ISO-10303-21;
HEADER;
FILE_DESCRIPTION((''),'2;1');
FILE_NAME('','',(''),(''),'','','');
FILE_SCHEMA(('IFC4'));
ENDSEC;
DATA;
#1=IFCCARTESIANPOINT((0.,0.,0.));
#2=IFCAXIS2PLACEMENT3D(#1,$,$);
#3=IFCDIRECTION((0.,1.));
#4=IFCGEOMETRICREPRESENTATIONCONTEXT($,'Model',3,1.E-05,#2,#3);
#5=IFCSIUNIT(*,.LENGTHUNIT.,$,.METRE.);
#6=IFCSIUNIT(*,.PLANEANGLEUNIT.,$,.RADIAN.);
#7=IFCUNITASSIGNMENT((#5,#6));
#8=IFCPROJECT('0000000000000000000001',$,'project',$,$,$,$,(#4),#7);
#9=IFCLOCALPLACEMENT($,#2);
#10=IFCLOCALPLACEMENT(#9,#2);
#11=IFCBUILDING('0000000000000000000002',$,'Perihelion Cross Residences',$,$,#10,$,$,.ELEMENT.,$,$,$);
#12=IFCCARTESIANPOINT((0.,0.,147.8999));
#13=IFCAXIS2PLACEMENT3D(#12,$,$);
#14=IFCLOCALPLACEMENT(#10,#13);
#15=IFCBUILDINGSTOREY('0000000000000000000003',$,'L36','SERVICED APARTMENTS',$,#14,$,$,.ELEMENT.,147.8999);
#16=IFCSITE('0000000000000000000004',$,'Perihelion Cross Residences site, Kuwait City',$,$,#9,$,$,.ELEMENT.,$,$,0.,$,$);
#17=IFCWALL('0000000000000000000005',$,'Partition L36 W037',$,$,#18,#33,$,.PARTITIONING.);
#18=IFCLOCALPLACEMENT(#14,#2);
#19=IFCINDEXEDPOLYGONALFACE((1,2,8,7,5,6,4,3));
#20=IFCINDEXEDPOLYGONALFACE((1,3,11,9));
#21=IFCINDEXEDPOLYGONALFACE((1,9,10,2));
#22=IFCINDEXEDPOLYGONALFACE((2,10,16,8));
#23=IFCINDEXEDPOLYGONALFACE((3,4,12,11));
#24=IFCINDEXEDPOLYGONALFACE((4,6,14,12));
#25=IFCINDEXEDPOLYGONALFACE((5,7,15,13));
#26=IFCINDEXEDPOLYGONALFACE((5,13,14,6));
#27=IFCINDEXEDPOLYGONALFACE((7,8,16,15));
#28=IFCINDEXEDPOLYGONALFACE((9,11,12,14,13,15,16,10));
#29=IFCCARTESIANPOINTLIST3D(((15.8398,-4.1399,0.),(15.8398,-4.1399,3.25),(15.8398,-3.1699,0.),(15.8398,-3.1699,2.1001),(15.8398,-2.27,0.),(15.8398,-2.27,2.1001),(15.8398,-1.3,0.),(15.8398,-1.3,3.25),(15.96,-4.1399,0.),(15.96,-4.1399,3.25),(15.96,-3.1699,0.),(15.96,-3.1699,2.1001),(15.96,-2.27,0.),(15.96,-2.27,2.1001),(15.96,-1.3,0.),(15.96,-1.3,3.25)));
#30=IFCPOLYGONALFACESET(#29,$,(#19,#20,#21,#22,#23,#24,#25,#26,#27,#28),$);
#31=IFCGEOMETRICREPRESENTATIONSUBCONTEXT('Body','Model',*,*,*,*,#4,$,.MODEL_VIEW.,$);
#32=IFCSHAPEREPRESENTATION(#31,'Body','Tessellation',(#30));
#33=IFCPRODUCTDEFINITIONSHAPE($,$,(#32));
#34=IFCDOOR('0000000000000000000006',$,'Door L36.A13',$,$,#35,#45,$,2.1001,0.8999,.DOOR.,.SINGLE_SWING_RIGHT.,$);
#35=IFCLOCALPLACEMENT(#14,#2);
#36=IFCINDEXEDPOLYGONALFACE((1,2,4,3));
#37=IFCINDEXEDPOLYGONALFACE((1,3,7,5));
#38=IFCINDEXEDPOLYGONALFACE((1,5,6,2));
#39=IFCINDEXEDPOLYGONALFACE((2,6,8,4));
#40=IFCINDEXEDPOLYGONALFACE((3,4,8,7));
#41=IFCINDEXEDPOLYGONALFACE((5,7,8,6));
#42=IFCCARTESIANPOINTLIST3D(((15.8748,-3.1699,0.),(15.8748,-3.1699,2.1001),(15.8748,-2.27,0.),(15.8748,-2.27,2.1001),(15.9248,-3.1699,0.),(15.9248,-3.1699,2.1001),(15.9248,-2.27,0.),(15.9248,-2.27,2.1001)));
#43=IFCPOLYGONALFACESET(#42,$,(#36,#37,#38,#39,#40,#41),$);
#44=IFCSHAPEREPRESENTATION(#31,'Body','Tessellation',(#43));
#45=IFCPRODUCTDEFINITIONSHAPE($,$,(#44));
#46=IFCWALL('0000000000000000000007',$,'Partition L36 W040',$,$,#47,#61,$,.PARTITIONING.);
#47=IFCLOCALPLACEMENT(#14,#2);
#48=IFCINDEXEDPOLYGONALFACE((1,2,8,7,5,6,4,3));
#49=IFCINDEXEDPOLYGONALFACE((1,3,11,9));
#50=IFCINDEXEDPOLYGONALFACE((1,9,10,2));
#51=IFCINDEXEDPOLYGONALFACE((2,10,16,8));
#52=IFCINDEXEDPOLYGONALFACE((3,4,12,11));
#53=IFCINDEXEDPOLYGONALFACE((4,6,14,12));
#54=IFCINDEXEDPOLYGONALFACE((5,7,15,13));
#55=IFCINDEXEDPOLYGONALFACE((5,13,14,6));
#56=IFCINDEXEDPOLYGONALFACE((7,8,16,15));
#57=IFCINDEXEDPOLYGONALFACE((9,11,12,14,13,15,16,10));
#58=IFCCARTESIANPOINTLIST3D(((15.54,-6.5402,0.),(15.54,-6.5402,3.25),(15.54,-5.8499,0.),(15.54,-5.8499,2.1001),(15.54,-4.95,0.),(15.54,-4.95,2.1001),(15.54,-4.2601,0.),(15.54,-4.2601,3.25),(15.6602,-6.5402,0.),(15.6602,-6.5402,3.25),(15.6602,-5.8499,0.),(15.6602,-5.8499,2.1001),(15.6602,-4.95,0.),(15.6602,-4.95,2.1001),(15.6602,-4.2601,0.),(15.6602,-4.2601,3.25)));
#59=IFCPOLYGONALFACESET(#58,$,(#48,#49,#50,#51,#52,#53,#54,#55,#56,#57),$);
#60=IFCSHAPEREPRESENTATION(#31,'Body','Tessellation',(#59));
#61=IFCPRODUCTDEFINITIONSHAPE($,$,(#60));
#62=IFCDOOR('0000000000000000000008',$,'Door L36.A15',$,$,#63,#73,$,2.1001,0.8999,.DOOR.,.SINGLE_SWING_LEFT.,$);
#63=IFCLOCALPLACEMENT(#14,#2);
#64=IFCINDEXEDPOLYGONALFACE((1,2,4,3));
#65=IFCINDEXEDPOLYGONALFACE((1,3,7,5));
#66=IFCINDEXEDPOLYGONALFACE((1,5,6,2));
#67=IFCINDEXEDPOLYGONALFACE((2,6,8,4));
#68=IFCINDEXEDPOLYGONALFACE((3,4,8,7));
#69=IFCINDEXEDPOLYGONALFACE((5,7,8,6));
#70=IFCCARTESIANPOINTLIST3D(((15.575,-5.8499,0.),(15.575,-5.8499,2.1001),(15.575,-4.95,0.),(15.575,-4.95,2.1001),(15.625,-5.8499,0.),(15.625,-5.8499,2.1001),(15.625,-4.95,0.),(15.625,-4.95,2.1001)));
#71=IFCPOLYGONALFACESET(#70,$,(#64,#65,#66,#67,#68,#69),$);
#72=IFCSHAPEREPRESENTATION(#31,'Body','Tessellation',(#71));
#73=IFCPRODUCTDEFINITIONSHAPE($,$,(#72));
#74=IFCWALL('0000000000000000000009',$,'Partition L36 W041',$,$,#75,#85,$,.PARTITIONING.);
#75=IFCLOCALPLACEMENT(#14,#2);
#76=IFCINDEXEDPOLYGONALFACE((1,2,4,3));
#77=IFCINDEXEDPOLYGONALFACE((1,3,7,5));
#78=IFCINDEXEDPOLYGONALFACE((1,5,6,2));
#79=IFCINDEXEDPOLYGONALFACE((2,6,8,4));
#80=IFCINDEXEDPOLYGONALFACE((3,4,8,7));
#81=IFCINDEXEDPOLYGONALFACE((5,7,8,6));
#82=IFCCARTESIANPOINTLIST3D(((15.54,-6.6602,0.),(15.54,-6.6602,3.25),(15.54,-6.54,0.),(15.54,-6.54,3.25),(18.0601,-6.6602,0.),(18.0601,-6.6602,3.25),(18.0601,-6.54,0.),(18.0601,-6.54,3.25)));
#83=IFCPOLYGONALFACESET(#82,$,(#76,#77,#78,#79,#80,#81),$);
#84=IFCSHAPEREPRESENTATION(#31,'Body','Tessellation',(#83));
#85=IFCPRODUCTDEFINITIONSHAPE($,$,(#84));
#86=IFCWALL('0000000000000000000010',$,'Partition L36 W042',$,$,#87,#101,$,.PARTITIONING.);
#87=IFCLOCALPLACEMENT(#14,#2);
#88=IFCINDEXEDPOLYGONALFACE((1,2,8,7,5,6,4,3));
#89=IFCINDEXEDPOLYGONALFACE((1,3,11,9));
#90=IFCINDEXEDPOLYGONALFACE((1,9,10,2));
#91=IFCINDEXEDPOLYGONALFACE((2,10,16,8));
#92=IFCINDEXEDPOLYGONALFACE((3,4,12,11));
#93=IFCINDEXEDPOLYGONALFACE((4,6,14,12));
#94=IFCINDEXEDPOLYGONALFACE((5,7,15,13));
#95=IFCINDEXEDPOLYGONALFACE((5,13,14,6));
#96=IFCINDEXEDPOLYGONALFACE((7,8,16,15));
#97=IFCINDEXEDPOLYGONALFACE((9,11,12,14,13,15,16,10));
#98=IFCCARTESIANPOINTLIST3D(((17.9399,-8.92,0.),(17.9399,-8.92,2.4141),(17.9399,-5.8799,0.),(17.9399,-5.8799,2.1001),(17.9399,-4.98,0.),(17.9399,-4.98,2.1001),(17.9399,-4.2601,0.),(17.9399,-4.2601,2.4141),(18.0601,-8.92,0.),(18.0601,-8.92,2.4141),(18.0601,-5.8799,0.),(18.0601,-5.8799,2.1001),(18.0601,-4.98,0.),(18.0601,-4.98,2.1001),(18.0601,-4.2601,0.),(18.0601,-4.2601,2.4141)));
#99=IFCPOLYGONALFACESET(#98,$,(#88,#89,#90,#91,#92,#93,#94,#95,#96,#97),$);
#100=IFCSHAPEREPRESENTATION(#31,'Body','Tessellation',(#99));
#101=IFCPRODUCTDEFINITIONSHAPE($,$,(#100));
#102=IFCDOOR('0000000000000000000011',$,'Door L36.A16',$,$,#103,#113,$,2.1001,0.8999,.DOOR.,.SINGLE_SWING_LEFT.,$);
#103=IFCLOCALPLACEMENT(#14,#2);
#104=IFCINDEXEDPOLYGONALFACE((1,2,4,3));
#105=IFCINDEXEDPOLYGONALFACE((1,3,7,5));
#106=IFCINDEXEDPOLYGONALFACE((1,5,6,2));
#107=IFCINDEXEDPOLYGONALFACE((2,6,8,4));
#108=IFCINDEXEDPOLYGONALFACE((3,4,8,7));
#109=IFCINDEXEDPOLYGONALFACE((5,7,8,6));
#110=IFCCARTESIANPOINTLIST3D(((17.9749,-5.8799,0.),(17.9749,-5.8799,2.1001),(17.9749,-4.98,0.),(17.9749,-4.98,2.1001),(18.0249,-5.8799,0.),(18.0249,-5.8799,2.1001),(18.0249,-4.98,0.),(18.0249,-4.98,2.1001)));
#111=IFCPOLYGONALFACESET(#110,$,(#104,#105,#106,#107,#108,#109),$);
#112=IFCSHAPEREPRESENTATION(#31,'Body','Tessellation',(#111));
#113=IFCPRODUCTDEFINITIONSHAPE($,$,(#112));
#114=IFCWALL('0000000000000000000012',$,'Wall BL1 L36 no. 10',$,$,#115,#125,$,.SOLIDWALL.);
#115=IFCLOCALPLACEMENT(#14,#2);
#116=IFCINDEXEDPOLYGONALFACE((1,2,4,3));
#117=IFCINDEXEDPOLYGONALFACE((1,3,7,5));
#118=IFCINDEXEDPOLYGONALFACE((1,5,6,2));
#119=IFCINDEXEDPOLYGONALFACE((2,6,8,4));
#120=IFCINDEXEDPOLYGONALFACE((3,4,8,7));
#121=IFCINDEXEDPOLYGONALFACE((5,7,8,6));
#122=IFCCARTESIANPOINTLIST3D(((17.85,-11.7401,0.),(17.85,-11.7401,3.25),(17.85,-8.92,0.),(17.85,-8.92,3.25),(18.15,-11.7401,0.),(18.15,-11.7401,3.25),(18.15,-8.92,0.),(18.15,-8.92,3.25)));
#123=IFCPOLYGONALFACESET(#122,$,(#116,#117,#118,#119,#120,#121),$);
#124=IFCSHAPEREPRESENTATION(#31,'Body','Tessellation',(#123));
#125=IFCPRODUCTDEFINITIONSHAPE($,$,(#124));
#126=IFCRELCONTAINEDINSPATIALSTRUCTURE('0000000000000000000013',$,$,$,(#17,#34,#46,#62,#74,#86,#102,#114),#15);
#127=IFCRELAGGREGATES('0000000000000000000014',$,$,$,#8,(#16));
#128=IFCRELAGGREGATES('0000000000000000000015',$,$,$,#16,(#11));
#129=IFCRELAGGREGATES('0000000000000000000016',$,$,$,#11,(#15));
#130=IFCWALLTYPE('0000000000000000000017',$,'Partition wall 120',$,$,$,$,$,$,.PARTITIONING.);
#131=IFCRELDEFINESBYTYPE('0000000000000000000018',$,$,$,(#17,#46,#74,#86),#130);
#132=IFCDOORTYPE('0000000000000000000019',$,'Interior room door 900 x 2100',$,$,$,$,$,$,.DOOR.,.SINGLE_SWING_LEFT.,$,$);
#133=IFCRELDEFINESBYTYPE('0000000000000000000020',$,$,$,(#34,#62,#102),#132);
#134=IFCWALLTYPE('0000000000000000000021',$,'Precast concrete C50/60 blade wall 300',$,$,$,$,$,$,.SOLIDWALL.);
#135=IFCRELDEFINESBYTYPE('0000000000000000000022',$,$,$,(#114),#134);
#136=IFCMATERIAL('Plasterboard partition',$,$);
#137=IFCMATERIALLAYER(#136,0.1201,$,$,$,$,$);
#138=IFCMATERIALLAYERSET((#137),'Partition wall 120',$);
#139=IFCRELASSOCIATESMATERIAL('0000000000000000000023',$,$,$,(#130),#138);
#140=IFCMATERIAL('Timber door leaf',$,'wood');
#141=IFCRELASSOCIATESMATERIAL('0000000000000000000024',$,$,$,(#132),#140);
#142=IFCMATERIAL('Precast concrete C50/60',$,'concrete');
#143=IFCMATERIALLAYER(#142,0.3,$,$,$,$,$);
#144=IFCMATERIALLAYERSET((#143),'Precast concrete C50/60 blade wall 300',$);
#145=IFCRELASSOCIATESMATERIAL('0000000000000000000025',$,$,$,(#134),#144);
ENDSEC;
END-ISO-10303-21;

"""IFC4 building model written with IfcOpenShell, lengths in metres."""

from ifc_helpers import new_model, si_unit, direction, frame, frame_2d, origin, place, context, subcontext, project, spatial, rectangle, extrude, material, layer, layer_set, type_object, element, fill, save


model = new_model("IFC4")

# Units and contexts
model_context = context("Model", 3, precision=1e-05, world=origin(), true_north=direction((0.0, 1.0)))
body_context = subcontext(model_context, "Body", "Model", "MODEL_VIEW")
ifc_project = project(units=[si_unit("LENGTHUNIT", "METRE"), si_unit("PLANEANGLEUNIT", "RADIAN")], contexts=[model_context])

# Site, building, storey
site_placement = place(None, origin())
site = spatial("IfcSite", under=ifc_project, at=site_placement, Name="Perihelion Cross Residences site, Kuwait City", CompositionType="ELEMENT", RefElevation=0.0)
building_placement = place(site_placement, origin())
building = spatial("IfcBuilding", under=site, at=building_placement, Name="Perihelion Cross Residences", CompositionType="ELEMENT")
storey_placement = place(building_placement, frame((0.0, 0.0, 147.8999)))
storey = spatial("IfcBuildingStorey", under=building, at=storey_placement, Name="L36", Description="SERVICED APARTMENTS", CompositionType="ELEMENT", Elevation=147.8999)

# Shared definitions
ifc_material_1 = material(Name="Plasterboard partition")
ifc_layer_1 = layer(ifc_material_1, 0.1201)
ifc_layer_set_1 = layer_set([ifc_layer_1], Name="Partition wall 120")
wall_type_1 = type_object("IfcWallType", Name="Partition wall 120", PredefinedType="PARTITIONING", material=ifc_layer_set_1)

# Shared definitions
ifc_material_2 = material(Name="Timber door leaf", Category="wood")
door_type_1 = type_object("IfcDoorType", Name="Interior room door 900 x 2100", OperationType="SINGLE_SWING_LEFT", PredefinedType="DOOR", material=ifc_material_2)

# Walls, openings, doors
wall_1_placement = place(storey_placement, frame((15.8999, -1.3, 0.0), z_axis=(0.0, 0.0, 1.0), x_axis=(0.0, -1.0, 0.0)))
wall_1 = element("IfcWall", 1, at=wall_1_placement, inside=storey, type_object=wall_type_1, Name="Partition L36 W037", PredefinedType="PARTITIONING", context=body_context, shape_type="SweptSolid", body=[
    extrude(rectangle(XDim=2.8398, YDim=0.1201, at=frame_2d((1.4199, 0.0))), origin(), (0.0, 0.0, 1.0), 3.25),
])
opening_1_placement = place(wall_1_placement, frame((0.97, 0.0, 0.0)))
opening_1 = element("IfcOpeningElement", 2, at=opening_1_placement, cuts=wall_1, PredefinedType="OPENING", context=body_context, shape_type="SweptSolid", body=[
    extrude(rectangle(XDim=0.8999, YDim=2.1001, at=frame_2d((0.45, 1.05))), frame((0.0, 0.0701, 0.0), z_axis=(0.0, -1.0, 0.0), x_axis=(1.0, 0.0, 0.0)), (0.0, 0.0, 1.0), 0.1401),
])
door_1_placement = place(opening_1_placement, origin())
door_1 = element("IfcDoor", 3, at=door_1_placement, inside=storey, type_object=door_type_1, Name="Door L36.A13", OperationType="SINGLE_SWING_RIGHT", OverallHeight=2.1001, OverallWidth=0.8999, PredefinedType="DOOR", context=body_context, shape_type="SweptSolid", body=[
    extrude(rectangle(XDim=0.8999, YDim=2.1001, at=frame_2d((0.45, 1.05))), frame((0.0, 0.0249, 0.0), z_axis=(0.0, -1.0, 0.0), x_axis=(1.0, 0.0, 0.0)), (0.0, 0.0, 1.0), 0.05),
])
fill(opening_1, door_1)
wall_2_placement = place(storey_placement, frame((15.6001, -4.26, 0.0), z_axis=(0.0, 0.0, 1.0), x_axis=(0.0, -1.0, 0.0)))
wall_2 = element("IfcWall", 4, at=wall_2_placement, inside=storey, type_object=wall_type_1, Name="Partition L36 W040", PredefinedType="PARTITIONING", context=body_context, shape_type="SweptSolid", body=[
    extrude(rectangle(XDim=2.28, YDim=0.1201, at=frame_2d((1.1401, 0.0))), origin(), (0.0, 0.0, 1.0), 3.25),
])
opening_2_placement = place(wall_2_placement, frame((0.6899, 0.0, 0.0)))
opening_2 = element("IfcOpeningElement", 5, at=opening_2_placement, cuts=wall_2, PredefinedType="OPENING", context=body_context, shape_type="SweptSolid", body=[
    extrude(rectangle(XDim=0.8999, YDim=2.1001, at=frame_2d((0.45, 1.05))), frame((0.0, 0.0701, 0.0), z_axis=(0.0, -1.0, 0.0), x_axis=(1.0, 0.0, 0.0)), (0.0, 0.0, 1.0), 0.1401),
])
door_2_placement = place(opening_2_placement, origin())
door_2 = element("IfcDoor", 6, at=door_2_placement, inside=storey, type_object=door_type_1, Name="Door L36.A15", OperationType="SINGLE_SWING_LEFT", OverallHeight=2.1001, OverallWidth=0.8999, PredefinedType="DOOR", context=body_context, shape_type="SweptSolid", body=[
    extrude(rectangle(XDim=0.8999, YDim=2.1001, at=frame_2d((0.45, 1.05))), frame((0.0, 0.0249, 0.0), z_axis=(0.0, -1.0, 0.0), x_axis=(1.0, 0.0, 0.0)), (0.0, 0.0, 1.0), 0.05),
])
fill(opening_2, door_2)

# Wall
wall_3_placement = place(storey_placement, frame((15.54, -6.6001, 0.0), z_axis=(0.0, 0.0, 1.0), x_axis=(1.0, 0.0, 0.0)))
element("IfcWall", 7, at=wall_3_placement, inside=storey, type_object=wall_type_1, Name="Partition L36 W041", PredefinedType="PARTITIONING", context=body_context, shape_type="SweptSolid", body=[
    extrude(rectangle(XDim=2.52, YDim=0.1201, at=frame_2d((1.26, 0.0))), origin(), (0.0, 0.0, 1.0), 3.25),
])

# Wall, opening, door
wall_4_placement = place(storey_placement, frame((18.0, -4.26, 0.0), z_axis=(0.0, 0.0, 1.0), x_axis=(0.0, -1.0, 0.0)))
wall_4 = element("IfcWall", 8, at=wall_4_placement, inside=storey, type_object=wall_type_1, Name="Partition L36 W042", PredefinedType="PARTITIONING", context=body_context, shape_type="SweptSolid", body=[
    extrude(rectangle(XDim=4.6599, YDim=0.1201, at=frame_2d((2.3301, 0.0))), origin(), (0.0, 0.0, 1.0), 2.4141),
])
opening_3_placement = place(wall_4_placement, frame((0.72, 0.0, 0.0)))
opening_3 = element("IfcOpeningElement", 9, at=opening_3_placement, cuts=wall_4, PredefinedType="OPENING", context=body_context, shape_type="SweptSolid", body=[
    extrude(rectangle(XDim=0.8999, YDim=2.1001, at=frame_2d((0.45, 1.05))), frame((0.0, 0.0701, 0.0), z_axis=(0.0, -1.0, 0.0), x_axis=(1.0, 0.0, 0.0)), (0.0, 0.0, 1.0), 0.1401),
])
door_3_placement = place(opening_3_placement, origin())
door_3 = element("IfcDoor", 10, at=door_3_placement, inside=storey, type_object=door_type_1, Name="Door L36.A16", OperationType="SINGLE_SWING_LEFT", OverallHeight=2.1001, OverallWidth=0.8999, PredefinedType="DOOR", context=body_context, shape_type="SweptSolid", body=[
    extrude(rectangle(XDim=0.8999, YDim=2.1001, at=frame_2d((0.45, 1.05))), frame((0.0, 0.0249, 0.0), z_axis=(0.0, -1.0, 0.0), x_axis=(1.0, 0.0, 0.0)), (0.0, 0.0, 1.0), 0.05),
])
fill(opening_3, door_3)

# Wall
ifc_material_3 = material(Name="Precast concrete C50/60", Category="concrete")
ifc_layer_2 = layer(ifc_material_3, 0.3)
ifc_layer_set_2 = layer_set([ifc_layer_2], Name="Precast concrete C50/60 blade wall 300")
wall_type_2 = type_object("IfcWallType", Name="Precast concrete C50/60 blade wall 300", PredefinedType="SOLIDWALL", material=ifc_layer_set_2)
wall_5_placement = place(storey_placement, frame((18.0, -8.9199, 0.0), z_axis=(0.0, 0.0, 1.0), x_axis=(0.0, -1.0, 0.0)))
element("IfcWall", 11, at=wall_5_placement, inside=storey, type_object=wall_type_2, Name="Wall BL1 L36 no. 10", PredefinedType="SOLIDWALL", context=body_context, shape_type="SweptSolid", body=[
    extrude(rectangle(XDim=2.8201, YDim=0.3, at=frame_2d((1.4102, 0.0))), origin(), (0.0, 0.0, 1.0), 3.25),
])

save(model, "model.ifc")
